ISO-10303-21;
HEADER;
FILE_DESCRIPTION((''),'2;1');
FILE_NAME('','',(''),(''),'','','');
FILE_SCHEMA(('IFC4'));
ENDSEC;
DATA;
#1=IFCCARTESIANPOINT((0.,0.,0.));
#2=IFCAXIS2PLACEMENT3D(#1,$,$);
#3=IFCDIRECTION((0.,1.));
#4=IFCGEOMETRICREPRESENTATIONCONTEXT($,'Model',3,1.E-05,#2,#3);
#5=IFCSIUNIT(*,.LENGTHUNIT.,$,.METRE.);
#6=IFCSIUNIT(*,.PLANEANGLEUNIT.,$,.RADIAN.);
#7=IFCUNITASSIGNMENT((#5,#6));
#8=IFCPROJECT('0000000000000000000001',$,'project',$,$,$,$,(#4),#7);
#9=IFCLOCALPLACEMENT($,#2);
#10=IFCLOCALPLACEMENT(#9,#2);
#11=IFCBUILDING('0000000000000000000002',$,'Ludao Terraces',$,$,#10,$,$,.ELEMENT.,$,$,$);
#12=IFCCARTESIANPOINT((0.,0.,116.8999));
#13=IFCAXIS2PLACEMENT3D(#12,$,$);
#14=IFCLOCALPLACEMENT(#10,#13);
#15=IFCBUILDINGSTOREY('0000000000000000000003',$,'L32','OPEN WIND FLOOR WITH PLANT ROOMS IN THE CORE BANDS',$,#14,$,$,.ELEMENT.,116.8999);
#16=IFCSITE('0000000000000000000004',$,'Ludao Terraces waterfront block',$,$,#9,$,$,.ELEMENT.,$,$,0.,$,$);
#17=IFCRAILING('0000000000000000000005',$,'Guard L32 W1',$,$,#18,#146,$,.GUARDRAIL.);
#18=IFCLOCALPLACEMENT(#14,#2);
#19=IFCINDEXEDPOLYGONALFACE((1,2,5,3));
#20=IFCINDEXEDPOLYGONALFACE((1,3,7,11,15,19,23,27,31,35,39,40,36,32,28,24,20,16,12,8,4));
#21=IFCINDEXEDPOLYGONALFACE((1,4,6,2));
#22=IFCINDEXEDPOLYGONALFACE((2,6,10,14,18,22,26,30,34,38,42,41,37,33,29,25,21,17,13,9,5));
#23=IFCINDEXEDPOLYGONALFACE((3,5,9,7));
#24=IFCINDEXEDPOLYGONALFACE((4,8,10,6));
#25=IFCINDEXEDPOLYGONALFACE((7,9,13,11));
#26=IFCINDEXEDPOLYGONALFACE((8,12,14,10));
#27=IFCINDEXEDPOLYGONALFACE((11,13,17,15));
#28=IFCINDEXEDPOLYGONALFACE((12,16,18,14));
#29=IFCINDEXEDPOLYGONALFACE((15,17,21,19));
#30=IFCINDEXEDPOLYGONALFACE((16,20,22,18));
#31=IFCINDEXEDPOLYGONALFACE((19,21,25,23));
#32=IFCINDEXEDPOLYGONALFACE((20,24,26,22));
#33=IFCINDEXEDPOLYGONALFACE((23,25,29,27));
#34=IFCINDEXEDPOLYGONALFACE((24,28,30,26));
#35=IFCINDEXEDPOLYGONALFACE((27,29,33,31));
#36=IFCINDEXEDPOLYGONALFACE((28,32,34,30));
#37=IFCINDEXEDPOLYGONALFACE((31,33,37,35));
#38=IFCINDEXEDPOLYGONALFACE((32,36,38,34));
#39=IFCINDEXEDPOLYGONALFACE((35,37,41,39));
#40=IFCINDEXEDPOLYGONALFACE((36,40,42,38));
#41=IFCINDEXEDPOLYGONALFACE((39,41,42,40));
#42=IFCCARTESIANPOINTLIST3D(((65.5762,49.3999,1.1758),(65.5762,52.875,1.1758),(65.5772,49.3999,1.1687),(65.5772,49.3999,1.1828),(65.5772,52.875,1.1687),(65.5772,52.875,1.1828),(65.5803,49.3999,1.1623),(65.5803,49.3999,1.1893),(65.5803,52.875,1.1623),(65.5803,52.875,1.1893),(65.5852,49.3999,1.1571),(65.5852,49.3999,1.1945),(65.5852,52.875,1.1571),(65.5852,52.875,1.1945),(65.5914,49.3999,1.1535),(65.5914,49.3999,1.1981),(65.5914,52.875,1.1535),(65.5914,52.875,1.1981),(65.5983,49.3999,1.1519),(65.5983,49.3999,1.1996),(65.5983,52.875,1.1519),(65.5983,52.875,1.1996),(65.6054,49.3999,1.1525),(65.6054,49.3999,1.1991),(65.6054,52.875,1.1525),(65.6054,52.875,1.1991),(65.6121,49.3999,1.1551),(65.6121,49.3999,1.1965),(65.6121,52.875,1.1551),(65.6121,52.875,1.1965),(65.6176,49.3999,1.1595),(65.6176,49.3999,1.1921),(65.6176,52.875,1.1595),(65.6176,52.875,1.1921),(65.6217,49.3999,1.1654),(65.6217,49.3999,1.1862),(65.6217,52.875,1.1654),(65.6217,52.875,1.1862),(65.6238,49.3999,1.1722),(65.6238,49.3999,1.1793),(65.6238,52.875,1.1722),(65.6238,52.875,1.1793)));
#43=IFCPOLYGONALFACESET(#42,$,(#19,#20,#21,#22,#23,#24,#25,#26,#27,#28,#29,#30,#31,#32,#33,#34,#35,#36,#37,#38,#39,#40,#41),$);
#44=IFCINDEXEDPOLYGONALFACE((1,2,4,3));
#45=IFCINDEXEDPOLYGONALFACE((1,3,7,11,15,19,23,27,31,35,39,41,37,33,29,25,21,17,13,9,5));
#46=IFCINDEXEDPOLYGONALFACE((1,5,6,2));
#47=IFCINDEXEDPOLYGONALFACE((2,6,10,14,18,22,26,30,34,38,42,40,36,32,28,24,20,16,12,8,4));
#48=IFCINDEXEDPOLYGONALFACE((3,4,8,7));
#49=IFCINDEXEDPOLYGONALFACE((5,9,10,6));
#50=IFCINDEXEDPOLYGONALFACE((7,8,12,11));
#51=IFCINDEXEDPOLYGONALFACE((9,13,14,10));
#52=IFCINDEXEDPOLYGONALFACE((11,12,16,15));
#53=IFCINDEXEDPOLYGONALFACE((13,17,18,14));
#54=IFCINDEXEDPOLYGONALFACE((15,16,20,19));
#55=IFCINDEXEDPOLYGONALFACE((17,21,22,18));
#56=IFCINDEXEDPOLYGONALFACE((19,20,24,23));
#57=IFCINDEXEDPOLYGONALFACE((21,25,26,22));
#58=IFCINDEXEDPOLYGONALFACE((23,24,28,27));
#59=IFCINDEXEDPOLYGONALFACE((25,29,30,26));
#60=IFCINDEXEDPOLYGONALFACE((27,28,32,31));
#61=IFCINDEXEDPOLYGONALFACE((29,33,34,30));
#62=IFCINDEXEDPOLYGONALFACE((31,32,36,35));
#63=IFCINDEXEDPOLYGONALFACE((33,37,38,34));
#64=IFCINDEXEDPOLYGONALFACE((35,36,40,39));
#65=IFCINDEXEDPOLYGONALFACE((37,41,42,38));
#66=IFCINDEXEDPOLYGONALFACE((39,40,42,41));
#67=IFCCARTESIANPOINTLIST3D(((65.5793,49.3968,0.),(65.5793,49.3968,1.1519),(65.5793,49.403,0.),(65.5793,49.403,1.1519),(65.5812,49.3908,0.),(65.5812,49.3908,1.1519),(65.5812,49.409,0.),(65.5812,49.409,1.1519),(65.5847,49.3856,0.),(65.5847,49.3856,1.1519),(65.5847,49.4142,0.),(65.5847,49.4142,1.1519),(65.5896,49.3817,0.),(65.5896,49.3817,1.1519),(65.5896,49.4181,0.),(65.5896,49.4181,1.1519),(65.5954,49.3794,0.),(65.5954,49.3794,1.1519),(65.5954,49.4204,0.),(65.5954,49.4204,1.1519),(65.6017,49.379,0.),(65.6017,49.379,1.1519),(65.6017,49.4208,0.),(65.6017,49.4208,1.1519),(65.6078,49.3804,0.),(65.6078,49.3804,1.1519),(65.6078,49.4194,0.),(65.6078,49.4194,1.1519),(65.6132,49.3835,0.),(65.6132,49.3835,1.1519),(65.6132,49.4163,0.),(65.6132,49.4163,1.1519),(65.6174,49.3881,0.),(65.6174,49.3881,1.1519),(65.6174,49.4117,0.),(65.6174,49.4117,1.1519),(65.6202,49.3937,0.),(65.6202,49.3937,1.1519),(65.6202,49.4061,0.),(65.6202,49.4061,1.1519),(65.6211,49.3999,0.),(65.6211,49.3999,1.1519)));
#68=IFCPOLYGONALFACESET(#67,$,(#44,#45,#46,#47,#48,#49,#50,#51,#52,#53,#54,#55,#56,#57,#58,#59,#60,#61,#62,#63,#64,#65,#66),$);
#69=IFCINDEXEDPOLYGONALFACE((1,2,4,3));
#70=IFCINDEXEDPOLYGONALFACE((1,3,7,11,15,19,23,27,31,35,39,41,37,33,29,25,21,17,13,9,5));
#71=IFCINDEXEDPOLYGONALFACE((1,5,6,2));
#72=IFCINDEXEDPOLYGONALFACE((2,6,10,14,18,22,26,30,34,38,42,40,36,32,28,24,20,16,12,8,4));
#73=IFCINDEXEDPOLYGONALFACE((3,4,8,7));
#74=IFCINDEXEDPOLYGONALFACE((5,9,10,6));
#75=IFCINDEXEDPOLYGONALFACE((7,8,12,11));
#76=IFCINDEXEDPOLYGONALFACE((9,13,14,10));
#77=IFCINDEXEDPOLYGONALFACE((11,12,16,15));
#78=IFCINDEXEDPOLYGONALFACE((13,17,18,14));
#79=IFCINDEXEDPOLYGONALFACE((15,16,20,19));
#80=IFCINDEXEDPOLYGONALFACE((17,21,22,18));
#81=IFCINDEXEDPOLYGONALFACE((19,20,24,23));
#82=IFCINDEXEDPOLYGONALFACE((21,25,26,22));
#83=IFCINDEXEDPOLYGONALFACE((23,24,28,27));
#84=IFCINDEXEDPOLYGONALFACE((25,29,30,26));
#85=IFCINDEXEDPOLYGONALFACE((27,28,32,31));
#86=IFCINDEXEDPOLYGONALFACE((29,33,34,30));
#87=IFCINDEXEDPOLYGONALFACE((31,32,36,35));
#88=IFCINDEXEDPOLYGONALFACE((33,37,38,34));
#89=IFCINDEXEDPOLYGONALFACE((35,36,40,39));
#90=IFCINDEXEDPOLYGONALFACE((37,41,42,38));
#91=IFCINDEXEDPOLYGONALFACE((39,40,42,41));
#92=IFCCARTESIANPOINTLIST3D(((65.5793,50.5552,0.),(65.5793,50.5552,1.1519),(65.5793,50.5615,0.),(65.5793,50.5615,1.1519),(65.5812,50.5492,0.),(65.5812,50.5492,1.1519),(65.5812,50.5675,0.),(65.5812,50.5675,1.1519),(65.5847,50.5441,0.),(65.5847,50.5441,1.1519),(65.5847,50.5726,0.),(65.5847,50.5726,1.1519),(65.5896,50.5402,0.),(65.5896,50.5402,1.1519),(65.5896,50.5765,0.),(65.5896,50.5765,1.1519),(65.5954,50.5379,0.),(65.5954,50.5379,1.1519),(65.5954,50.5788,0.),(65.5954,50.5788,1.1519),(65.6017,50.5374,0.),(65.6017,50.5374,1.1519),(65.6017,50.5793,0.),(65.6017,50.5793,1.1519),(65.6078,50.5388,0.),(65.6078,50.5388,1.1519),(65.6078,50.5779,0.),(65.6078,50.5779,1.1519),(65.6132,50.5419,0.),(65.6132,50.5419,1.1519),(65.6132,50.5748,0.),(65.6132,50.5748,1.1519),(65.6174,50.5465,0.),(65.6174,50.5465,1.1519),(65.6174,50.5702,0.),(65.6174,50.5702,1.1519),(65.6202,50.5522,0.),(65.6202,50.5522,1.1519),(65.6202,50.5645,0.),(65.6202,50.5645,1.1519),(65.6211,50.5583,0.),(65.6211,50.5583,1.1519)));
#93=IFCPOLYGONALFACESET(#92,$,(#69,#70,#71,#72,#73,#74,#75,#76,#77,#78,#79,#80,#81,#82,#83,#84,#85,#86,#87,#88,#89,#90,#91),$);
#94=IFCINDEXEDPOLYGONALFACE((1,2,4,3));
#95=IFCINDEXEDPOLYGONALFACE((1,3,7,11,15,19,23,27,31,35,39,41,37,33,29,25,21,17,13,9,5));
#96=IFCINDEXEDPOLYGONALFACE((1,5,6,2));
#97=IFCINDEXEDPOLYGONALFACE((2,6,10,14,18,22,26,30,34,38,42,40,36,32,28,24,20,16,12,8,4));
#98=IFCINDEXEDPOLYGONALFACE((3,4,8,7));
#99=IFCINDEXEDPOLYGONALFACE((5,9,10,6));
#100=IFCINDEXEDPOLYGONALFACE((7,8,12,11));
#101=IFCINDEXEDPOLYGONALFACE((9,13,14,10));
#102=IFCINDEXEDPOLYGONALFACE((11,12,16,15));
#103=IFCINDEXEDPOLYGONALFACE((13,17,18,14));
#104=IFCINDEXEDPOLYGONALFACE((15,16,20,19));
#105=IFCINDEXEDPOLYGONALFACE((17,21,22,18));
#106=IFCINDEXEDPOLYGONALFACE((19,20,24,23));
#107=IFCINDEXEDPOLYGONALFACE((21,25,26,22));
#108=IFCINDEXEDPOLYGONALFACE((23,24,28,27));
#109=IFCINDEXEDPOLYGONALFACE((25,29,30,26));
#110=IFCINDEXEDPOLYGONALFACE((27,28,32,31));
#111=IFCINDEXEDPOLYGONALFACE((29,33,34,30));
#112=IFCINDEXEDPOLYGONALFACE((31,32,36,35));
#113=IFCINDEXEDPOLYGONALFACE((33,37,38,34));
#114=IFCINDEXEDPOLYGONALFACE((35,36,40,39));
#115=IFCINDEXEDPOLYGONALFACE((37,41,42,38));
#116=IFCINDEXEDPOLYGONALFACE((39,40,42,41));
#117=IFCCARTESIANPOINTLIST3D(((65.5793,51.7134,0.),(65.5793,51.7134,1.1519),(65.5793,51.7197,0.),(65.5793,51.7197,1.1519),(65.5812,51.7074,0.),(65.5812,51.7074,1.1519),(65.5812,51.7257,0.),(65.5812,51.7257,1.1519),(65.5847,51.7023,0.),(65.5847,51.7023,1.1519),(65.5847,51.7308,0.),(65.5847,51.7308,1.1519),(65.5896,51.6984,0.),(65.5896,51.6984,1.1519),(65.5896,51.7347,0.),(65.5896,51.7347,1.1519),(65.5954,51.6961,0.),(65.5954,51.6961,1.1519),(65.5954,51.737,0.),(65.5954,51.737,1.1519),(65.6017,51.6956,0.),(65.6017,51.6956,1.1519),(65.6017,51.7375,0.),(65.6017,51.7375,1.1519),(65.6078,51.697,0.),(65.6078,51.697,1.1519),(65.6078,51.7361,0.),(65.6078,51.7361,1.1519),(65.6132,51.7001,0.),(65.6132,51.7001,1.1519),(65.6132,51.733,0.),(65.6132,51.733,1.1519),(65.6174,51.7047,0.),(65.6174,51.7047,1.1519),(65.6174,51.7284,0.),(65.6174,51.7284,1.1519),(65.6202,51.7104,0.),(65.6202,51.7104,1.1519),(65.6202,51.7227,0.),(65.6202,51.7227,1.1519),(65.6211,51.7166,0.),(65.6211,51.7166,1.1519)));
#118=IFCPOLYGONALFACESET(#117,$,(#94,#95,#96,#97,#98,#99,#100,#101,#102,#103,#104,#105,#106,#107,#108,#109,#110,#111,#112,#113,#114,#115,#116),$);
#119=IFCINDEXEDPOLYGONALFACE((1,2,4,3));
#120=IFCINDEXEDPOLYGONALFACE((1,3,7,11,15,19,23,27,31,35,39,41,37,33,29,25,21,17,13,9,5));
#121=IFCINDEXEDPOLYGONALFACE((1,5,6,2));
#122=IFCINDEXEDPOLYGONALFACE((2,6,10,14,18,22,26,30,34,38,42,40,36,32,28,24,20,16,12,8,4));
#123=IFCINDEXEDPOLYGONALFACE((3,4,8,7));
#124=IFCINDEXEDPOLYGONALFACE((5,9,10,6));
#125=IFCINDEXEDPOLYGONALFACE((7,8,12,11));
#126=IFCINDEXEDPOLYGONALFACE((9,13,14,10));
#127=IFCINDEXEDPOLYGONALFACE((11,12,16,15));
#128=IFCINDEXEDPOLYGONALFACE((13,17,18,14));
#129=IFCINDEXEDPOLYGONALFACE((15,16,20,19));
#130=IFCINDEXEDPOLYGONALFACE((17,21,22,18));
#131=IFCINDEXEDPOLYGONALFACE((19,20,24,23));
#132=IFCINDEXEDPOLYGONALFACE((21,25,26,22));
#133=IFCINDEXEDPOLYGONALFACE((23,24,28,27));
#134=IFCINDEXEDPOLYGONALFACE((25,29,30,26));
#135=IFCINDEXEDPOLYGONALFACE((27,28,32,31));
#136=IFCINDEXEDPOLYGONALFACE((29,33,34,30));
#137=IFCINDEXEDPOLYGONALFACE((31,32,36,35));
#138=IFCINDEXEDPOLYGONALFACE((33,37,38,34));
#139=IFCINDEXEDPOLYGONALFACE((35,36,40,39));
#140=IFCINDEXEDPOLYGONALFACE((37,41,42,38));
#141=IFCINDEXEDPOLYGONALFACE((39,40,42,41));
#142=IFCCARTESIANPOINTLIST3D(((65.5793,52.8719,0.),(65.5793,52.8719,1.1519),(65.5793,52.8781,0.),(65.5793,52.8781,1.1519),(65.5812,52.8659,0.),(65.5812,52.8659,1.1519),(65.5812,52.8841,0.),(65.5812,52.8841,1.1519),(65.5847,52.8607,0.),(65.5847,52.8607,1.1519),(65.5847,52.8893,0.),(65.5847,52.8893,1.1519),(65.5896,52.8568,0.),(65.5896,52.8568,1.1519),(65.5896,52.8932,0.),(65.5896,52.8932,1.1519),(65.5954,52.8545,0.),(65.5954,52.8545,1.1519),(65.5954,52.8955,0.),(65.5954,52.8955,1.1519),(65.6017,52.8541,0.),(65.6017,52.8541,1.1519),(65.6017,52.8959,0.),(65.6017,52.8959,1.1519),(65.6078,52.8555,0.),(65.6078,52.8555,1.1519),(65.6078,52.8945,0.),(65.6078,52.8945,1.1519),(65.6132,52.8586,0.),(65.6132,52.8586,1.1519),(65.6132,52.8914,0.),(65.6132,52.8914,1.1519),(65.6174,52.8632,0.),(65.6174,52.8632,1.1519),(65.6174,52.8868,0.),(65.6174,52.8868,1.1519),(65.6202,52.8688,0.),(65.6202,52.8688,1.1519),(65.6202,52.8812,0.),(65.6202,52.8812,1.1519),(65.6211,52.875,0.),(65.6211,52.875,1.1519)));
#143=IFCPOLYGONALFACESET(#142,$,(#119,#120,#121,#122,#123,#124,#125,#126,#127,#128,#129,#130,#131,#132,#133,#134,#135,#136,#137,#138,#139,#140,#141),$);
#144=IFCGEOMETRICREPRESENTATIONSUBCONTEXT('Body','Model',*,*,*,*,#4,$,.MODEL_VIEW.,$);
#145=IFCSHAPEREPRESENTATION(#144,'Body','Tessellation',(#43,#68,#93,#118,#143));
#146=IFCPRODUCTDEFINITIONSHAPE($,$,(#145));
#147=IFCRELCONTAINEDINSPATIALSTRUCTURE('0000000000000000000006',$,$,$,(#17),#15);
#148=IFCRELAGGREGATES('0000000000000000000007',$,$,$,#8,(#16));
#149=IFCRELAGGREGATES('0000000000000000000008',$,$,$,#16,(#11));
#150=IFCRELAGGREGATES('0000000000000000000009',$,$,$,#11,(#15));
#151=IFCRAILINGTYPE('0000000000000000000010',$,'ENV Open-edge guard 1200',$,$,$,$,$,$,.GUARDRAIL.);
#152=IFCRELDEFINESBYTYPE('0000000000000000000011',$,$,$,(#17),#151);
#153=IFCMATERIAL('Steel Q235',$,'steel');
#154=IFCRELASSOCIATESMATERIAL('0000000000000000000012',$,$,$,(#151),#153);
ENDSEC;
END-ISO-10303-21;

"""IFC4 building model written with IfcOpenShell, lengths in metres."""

from ifc_helpers import new_model, si_unit, direction, frame, origin, origin_2d, place, context, subcontext, project, spatial, circle, extrude, material, type_object, element, save


model = new_model("IFC4")

# Units and contexts
model_context = context("Model", 3, precision=1e-05, world=origin(), true_north=direction((0.0, 1.0)))
body_context = subcontext(model_context, "Body", "Model", "MODEL_VIEW")
ifc_project = project(units=[si_unit("LENGTHUNIT", "METRE"), si_unit("PLANEANGLEUNIT", "RADIAN")], contexts=[model_context])

# Site, building, storey
site_placement = place(None, origin())
site = spatial("IfcSite", under=ifc_project, at=site_placement, Name="Ludao Terraces waterfront block", CompositionType="ELEMENT", RefElevation=0.0)
building_placement = place(site_placement, origin())
building = spatial("IfcBuilding", under=site, at=building_placement, Name="Ludao Terraces", CompositionType="ELEMENT")
storey_placement = place(building_placement, frame((0.0, 0.0, 116.8999)))
storey = spatial("IfcBuildingStorey", under=building, at=storey_placement, Name="L32", Description="OPEN WIND FLOOR WITH PLANT ROOMS IN THE CORE BANDS", CompositionType="ELEMENT", Elevation=116.8999)

# Railing
ifc_material_1 = material(Name="Steel Q235", Category="steel")
railing_type = type_object("IfcRailingType", Name="ENV Open-edge guard 1200", PredefinedType="GUARDRAIL", material=ifc_material_1)
railing_1_placement = place(storey_placement, frame((65.6001, 49.3999, 0.0)))
element("IfcRailing", 1, at=railing_1_placement, inside=storey, type_object=railing_type, Name="Guard L32 W1", PredefinedType="GUARDRAIL", context=body_context, shape_type="SweptSolid", body=[
    extrude(circle(Radius=0.0239, at=origin_2d()), frame((0.0, 0.0, 1.1758), z_axis=(0.0, 1.0, 0.0), x_axis=(-1.0, 0.0, 0.0)), (0.0, 0.0, 1.0), 3.4751),
    extrude(circle(Radius=0.021, at=origin_2d()), origin(), (0.0, 0.0, 1.0), 1.1519),
    extrude(circle(Radius=0.021, at=origin_2d()), frame((0.0, 1.1584, 0.0)), (0.0, 0.0, 1.0), 1.1519),
    extrude(circle(Radius=0.021, at=origin_2d()), frame((0.0, 2.3167, 0.0)), (0.0, 0.0, 1.0), 1.1519),
    extrude(circle(Radius=0.021, at=origin_2d()), frame((0.0, 3.4751, 0.0)), (0.0, 0.0, 1.0), 1.1519),
])

save(model, "model.ifc")
